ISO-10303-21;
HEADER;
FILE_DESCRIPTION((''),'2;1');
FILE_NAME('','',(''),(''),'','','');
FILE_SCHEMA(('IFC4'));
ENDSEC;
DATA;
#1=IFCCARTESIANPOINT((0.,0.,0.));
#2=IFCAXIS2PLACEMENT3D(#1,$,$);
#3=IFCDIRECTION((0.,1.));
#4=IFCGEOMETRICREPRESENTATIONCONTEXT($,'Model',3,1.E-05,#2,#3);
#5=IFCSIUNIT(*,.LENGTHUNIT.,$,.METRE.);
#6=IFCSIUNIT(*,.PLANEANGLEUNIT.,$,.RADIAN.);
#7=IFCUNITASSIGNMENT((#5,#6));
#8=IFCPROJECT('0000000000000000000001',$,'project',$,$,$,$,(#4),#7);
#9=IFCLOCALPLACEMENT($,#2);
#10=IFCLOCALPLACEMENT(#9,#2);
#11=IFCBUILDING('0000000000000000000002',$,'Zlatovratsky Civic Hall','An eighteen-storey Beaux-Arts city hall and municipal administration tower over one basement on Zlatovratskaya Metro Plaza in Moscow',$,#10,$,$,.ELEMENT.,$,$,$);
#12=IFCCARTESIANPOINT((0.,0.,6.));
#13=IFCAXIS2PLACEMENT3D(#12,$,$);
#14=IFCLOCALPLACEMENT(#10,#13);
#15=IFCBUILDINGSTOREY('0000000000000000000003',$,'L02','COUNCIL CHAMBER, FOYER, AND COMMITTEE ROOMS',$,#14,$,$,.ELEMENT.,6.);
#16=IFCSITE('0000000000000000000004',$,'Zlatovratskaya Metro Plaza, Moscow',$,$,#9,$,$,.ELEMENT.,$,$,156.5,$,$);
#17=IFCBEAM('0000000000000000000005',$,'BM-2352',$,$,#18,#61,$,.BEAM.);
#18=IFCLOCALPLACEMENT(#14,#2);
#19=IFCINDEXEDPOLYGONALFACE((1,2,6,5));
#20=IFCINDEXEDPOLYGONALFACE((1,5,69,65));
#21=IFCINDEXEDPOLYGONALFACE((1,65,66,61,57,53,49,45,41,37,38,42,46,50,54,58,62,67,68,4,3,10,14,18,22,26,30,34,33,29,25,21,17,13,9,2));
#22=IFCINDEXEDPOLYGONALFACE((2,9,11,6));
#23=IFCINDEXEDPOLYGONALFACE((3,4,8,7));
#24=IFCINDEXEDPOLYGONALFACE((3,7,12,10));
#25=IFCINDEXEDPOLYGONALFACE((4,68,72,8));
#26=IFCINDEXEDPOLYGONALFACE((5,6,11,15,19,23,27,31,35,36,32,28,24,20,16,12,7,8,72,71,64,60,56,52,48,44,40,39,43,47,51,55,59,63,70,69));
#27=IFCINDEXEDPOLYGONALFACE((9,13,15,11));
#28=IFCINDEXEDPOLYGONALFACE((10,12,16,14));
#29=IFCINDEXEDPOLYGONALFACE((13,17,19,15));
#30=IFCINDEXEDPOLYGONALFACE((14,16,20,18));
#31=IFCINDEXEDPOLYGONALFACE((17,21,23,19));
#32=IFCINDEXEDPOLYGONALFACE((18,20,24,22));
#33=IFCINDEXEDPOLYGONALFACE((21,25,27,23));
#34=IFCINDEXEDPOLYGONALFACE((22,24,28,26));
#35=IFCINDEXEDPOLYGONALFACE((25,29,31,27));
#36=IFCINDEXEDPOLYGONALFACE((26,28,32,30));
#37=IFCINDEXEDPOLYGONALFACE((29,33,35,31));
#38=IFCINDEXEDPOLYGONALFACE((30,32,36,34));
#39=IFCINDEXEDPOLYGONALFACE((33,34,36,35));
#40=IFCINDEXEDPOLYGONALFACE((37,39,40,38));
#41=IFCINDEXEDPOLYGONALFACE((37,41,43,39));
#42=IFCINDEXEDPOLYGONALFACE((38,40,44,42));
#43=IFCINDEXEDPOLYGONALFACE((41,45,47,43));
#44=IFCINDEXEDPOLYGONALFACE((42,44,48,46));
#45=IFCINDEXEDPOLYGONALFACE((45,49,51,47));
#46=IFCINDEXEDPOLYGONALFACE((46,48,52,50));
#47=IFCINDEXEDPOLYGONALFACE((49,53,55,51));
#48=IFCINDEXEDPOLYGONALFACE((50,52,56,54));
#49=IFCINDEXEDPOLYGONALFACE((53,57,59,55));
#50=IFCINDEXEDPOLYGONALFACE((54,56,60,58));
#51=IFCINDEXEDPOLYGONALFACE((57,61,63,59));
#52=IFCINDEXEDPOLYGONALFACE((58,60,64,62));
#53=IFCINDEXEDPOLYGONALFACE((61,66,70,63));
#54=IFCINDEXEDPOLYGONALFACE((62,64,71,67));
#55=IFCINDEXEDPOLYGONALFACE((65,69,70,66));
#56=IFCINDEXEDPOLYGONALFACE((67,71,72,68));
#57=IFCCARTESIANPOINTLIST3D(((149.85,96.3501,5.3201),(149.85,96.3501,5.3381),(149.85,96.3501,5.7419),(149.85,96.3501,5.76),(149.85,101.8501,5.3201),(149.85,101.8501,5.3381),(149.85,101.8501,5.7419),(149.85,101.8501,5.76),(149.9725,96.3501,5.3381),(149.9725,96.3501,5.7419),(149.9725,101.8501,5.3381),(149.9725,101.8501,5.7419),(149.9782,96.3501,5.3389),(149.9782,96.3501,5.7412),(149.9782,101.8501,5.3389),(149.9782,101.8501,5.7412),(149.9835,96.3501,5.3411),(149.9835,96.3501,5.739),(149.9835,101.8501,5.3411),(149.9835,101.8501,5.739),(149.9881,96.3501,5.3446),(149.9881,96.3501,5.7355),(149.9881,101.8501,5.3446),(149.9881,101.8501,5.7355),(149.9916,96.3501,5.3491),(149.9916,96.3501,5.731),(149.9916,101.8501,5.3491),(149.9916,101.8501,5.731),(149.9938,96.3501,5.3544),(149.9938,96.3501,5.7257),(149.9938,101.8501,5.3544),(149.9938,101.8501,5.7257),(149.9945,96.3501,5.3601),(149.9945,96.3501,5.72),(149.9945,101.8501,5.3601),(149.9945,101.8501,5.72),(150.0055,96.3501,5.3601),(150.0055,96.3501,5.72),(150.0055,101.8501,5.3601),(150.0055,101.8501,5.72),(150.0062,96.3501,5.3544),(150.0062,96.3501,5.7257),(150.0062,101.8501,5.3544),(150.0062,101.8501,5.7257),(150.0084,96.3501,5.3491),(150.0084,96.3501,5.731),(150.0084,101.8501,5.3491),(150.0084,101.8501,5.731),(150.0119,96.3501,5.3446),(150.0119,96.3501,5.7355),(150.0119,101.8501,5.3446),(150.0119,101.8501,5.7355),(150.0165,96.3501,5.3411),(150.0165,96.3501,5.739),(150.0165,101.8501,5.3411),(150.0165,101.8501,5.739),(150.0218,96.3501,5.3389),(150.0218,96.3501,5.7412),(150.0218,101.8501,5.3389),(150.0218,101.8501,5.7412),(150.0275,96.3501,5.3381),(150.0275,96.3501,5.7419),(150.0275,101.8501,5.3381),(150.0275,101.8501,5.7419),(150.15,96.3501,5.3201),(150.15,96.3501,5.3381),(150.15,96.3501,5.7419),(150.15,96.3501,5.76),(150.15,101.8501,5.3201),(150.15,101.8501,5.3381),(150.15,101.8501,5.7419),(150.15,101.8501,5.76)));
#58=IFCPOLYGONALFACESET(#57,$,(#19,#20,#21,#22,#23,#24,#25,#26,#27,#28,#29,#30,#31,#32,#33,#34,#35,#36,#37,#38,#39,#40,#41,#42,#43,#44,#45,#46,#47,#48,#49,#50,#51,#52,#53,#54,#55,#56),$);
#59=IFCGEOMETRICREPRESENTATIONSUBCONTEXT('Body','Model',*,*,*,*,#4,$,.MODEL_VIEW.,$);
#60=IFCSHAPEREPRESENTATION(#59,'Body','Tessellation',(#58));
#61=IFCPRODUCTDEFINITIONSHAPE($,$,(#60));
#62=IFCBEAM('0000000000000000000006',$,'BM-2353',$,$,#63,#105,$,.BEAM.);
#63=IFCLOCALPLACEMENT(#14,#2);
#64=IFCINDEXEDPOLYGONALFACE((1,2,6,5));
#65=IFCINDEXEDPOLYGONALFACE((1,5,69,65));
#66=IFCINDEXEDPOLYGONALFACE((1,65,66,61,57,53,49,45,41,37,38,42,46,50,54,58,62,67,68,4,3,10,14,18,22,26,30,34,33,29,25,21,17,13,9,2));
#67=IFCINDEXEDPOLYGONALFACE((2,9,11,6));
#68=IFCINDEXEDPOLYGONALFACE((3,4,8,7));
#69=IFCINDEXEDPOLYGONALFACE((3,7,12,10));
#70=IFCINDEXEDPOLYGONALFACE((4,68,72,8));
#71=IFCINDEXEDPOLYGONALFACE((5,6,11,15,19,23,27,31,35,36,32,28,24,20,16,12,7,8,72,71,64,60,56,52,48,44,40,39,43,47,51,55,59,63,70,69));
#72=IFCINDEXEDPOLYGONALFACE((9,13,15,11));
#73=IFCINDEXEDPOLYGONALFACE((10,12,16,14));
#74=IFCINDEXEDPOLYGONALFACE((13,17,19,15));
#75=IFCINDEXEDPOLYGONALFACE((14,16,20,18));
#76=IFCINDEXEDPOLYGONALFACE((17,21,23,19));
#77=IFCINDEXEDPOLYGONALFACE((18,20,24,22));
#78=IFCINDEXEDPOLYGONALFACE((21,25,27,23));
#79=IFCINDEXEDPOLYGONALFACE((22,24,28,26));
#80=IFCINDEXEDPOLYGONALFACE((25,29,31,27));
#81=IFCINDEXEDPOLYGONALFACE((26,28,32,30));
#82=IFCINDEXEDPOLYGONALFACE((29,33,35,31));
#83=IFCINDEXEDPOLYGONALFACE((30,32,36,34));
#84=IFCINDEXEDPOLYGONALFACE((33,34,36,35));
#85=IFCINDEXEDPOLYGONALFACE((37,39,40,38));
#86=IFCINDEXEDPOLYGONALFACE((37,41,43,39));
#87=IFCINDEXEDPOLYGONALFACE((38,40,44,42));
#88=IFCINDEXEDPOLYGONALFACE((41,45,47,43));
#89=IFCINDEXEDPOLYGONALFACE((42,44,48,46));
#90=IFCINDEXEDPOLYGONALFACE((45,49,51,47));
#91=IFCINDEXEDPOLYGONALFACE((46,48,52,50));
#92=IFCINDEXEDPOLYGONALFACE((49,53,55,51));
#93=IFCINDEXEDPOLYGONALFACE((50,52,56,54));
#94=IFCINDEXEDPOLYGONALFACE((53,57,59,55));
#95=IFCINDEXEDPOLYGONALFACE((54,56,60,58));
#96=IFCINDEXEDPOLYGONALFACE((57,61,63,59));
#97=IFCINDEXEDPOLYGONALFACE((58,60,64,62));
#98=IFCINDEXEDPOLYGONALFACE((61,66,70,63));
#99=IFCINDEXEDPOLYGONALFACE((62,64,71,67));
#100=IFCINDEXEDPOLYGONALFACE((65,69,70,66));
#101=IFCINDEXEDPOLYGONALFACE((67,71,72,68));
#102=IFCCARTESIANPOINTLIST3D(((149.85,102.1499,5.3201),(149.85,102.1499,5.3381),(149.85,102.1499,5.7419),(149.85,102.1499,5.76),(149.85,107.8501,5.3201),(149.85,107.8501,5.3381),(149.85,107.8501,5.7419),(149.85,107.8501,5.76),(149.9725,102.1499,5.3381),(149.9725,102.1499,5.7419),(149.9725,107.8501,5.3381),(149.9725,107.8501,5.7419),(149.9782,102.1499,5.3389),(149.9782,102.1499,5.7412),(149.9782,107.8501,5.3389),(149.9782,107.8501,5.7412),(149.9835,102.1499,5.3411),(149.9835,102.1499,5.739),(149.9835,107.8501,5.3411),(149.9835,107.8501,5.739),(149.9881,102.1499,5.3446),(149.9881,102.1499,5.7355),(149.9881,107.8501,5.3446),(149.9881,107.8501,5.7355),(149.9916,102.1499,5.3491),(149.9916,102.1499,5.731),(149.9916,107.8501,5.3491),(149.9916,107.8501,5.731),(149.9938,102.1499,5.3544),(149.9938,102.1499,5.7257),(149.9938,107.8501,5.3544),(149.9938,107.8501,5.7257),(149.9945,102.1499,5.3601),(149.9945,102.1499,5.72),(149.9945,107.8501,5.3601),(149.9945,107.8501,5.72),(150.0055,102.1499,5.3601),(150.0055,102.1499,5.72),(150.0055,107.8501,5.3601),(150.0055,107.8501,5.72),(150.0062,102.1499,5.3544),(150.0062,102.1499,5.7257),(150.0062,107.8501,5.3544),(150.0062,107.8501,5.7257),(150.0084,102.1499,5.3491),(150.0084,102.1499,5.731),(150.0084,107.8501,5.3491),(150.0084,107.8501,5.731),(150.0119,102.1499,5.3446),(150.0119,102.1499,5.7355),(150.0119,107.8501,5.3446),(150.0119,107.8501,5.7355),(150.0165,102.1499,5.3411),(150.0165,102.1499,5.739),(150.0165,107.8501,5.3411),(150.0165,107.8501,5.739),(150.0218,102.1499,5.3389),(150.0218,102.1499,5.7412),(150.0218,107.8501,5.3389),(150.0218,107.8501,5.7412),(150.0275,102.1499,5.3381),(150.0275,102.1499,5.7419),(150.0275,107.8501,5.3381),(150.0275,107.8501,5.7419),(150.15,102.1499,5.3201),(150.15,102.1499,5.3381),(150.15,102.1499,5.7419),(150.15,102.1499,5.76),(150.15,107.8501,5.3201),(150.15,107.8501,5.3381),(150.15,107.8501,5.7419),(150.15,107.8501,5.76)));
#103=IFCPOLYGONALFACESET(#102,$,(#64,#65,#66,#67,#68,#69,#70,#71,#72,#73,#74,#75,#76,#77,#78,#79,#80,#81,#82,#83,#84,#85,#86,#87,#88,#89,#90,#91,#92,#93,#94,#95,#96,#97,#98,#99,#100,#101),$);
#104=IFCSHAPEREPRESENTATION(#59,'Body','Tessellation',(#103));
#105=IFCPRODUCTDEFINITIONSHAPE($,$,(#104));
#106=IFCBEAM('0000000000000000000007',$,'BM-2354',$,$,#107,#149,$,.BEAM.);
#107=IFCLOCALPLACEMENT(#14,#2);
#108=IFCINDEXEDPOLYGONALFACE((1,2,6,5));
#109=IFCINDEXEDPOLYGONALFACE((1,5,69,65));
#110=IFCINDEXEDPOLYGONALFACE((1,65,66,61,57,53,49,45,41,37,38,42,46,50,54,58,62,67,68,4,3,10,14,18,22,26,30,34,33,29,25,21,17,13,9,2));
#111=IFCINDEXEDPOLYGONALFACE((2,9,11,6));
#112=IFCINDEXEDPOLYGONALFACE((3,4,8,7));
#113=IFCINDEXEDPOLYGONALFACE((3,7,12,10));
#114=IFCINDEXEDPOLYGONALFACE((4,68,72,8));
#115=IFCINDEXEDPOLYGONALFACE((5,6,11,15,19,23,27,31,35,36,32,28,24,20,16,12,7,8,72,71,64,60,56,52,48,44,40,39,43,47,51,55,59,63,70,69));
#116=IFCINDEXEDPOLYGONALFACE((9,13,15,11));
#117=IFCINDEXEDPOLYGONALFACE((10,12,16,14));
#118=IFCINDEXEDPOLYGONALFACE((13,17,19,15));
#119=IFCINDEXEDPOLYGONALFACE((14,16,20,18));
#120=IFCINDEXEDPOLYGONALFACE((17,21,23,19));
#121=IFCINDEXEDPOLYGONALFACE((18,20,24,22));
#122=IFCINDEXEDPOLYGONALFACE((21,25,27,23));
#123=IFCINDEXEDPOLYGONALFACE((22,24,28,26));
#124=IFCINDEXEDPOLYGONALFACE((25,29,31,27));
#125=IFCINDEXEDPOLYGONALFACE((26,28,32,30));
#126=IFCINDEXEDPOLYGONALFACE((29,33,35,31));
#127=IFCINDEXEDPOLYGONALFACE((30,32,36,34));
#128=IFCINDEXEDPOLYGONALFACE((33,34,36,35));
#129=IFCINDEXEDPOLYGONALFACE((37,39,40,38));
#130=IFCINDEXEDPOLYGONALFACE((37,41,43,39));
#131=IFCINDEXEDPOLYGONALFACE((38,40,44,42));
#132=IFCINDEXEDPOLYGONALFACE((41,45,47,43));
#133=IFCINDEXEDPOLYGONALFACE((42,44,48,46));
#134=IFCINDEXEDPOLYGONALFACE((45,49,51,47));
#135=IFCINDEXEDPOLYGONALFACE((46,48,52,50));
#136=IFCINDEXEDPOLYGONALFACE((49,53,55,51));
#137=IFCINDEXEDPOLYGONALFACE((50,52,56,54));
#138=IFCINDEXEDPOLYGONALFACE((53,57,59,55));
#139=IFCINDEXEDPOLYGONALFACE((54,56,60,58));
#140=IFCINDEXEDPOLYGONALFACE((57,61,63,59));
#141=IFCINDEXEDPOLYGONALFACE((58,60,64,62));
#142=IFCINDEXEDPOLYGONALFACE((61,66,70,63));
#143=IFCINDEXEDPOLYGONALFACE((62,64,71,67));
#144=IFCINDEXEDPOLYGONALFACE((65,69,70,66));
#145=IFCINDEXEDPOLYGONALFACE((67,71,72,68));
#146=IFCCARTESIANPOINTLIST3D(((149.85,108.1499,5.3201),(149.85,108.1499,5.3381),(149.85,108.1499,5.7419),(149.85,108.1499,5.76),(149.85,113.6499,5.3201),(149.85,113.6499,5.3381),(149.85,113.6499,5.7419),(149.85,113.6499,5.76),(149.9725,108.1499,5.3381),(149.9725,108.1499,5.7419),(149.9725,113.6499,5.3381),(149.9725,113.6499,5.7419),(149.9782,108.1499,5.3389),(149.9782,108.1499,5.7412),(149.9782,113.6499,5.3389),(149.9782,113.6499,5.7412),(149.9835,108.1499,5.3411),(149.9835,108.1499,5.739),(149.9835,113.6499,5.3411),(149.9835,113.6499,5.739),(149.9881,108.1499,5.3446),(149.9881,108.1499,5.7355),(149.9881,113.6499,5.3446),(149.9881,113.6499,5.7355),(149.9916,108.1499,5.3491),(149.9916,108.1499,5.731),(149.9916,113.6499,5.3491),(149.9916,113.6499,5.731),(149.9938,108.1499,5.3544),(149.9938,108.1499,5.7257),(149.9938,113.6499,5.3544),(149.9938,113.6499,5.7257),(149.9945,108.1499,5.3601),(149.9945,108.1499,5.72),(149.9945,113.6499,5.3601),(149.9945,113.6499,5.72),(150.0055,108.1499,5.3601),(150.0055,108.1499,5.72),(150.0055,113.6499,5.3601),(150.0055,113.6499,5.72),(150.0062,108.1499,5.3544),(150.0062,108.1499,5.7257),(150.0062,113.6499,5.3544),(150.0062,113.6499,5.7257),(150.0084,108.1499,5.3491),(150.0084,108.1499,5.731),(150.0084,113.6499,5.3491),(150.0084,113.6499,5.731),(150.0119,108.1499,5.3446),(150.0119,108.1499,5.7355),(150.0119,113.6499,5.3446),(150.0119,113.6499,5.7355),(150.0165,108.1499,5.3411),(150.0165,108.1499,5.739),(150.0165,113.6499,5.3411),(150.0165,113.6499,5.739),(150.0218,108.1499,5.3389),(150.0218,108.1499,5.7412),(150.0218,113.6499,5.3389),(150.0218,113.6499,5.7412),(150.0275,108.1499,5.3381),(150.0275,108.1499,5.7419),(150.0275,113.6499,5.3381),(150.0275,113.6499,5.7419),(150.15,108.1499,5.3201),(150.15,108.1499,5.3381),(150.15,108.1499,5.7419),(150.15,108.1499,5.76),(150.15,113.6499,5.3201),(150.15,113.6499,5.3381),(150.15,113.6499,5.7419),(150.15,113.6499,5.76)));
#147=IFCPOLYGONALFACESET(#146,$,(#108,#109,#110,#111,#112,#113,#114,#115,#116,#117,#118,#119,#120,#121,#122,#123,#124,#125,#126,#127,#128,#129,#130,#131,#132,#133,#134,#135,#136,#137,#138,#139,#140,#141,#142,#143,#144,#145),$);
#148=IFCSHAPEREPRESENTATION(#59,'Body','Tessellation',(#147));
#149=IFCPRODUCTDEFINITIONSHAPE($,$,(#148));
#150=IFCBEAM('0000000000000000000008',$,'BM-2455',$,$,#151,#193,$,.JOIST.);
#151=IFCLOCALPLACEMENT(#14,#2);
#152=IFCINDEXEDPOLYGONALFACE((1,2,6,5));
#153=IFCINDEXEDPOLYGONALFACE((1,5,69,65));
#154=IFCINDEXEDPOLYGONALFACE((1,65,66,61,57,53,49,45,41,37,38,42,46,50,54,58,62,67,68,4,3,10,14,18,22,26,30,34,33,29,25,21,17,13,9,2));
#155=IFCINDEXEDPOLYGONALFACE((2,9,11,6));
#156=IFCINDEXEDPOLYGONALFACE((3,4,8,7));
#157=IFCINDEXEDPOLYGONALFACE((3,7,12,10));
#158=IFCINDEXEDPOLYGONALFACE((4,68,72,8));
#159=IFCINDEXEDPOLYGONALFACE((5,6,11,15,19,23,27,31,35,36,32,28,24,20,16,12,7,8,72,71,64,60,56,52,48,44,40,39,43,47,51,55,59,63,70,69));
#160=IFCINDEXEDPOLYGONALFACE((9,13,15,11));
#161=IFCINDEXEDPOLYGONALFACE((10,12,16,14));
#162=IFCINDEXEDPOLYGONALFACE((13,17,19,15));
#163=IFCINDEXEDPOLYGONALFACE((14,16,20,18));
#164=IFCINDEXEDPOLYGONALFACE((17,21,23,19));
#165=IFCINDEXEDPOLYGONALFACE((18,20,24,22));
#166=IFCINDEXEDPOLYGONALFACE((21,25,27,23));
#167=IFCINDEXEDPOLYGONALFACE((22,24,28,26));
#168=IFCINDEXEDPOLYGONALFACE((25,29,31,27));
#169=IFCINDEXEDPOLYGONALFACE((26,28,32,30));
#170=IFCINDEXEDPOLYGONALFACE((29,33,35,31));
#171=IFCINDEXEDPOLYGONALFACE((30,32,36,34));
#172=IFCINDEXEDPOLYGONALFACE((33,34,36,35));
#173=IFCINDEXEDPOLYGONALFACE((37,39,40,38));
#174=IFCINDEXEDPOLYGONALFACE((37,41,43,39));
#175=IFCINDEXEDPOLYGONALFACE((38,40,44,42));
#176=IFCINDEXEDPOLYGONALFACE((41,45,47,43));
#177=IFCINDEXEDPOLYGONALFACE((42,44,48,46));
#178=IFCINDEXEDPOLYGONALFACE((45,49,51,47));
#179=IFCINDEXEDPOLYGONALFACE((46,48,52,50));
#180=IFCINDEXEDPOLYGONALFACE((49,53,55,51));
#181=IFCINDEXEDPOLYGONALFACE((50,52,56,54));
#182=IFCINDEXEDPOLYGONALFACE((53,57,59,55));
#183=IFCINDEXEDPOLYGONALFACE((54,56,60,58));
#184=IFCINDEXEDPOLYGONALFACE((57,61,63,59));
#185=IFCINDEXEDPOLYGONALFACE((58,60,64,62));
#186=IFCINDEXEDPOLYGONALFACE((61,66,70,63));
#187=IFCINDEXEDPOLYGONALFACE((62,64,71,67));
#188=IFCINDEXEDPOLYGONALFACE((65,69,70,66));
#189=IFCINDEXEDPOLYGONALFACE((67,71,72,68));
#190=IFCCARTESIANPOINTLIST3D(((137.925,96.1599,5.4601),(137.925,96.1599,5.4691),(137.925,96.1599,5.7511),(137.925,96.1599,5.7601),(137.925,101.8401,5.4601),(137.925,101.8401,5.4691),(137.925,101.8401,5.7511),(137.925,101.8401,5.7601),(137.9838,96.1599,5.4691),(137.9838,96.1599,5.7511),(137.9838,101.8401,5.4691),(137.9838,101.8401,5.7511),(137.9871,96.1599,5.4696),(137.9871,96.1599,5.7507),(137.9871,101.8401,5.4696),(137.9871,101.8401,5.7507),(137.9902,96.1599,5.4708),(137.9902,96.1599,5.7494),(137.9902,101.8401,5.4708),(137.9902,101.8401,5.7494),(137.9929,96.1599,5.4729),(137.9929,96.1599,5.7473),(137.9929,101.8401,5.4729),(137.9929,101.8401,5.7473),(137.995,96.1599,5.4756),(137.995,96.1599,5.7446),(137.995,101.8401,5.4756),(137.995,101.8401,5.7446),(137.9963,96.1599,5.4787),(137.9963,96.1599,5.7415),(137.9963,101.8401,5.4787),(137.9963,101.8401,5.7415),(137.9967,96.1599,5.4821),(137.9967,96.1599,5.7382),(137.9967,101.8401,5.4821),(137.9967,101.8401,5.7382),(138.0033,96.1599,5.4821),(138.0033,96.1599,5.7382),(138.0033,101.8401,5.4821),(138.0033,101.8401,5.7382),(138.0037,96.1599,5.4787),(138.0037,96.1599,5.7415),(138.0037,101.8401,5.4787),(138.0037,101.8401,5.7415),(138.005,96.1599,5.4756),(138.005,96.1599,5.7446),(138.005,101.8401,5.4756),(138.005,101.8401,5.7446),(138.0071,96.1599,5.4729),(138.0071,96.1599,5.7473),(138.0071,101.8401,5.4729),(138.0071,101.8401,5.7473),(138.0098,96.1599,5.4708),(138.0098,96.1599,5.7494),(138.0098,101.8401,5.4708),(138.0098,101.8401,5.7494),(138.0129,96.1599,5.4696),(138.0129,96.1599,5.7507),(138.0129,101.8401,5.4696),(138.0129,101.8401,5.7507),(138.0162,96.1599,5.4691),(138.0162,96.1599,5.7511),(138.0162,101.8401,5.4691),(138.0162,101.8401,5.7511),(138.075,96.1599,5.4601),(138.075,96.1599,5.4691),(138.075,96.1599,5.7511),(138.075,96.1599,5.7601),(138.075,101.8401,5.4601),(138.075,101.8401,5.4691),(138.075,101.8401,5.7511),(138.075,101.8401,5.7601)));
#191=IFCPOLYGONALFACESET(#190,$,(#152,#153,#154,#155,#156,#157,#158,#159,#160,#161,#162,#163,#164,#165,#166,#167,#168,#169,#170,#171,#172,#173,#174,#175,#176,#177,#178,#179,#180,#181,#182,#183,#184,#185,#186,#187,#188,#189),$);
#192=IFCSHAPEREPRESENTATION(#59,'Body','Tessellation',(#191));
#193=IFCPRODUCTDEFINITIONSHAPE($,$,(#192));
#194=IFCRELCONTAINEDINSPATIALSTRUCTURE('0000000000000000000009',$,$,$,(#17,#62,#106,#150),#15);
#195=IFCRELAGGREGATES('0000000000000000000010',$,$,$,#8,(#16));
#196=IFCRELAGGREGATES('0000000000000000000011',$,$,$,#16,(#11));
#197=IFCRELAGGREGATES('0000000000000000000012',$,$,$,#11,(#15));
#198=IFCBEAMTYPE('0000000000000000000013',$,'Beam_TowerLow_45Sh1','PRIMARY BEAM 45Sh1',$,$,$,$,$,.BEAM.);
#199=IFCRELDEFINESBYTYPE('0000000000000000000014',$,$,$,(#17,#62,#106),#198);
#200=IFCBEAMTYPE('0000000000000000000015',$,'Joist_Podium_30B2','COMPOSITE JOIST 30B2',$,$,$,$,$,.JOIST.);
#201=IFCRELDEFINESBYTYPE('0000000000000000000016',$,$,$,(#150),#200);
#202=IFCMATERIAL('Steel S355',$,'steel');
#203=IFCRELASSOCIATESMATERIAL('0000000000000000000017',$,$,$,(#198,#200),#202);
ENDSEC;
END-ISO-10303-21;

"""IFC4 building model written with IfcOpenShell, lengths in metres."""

from ifc_helpers import new_model, si_unit, direction, frame, origin, origin_2d, place, context, subcontext, project, spatial, i_section, extrude, material, material_profile, profile_set, type_object, element, save


model = new_model("IFC4")

# Units and contexts
model_context = context("Model", 3, precision=1e-05, world=origin(), true_north=direction((0.0, 1.0)))
body_context = subcontext(model_context, "Body", "Model", "MODEL_VIEW")
ifc_project = project(units=[si_unit("LENGTHUNIT", "METRE"), si_unit("PLANEANGLEUNIT", "RADIAN")], contexts=[model_context])

# Site, building, storey
site_placement = place(None, origin())
site = spatial("IfcSite", under=ifc_project, at=site_placement, Name="Zlatovratskaya Metro Plaza, Moscow", CompositionType="ELEMENT", RefElevation=156.5)
building_placement = place(site_placement, origin())
building = spatial("IfcBuilding", under=site, at=building_placement, Name="Zlatovratsky Civic Hall", Description="An eighteen-storey Beaux-Arts city hall and municipal administration tower over one basement on Zlatovratskaya Metro Plaza in Moscow", CompositionType="ELEMENT")
storey_placement = place(building_placement, frame((0.0, 0.0, 6.0)))
storey = spatial("IfcBuildingStorey", under=building, at=storey_placement, Name="L02", Description="COUNCIL CHAMBER, FOYER, AND COMMITTEE ROOMS", CompositionType="ELEMENT", Elevation=6.0)

# Shared definitions
ifc_material_1 = material(Name="Steel S355", Category="steel")

# Beams
ifc_material_profile_1 = material_profile(ifc_material_1, i_section(OverallWidth=0.3, OverallDepth=0.4399, WebThickness=0.011, FlangeThickness=0.0181, FilletRadius=0.022, at=origin_2d()), Name="45Sh1")
ifc_profile_set_1 = profile_set([ifc_material_profile_1], Name="Steel S355")
beam_type_1 = type_object("IfcBeamType", Name="Beam_TowerLow_45Sh1", Description="PRIMARY BEAM 45Sh1", PredefinedType="BEAM", material=ifc_profile_set_1)
for number, where, z_axis, x_axis, name in (
    (1, (150.0, 96.3501, 5.54), (0.0, 1.0, 0.0), (-1.0, 0.0, 0.0), "BM-2352"),
):
    element("IfcBeam", number, at=place(storey_placement, frame(where, z_axis=z_axis, x_axis=x_axis)), inside=storey, type_object=beam_type_1, Name=name, PredefinedType="BEAM", context=body_context, shape_type="SweptSolid", body=[
        extrude(i_section(OverallWidth=0.3, OverallDepth=0.4399, WebThickness=0.011, FlangeThickness=0.0181, FilletRadius=0.022, at=origin_2d()), origin(), (0.0, 0.0, 1.0), 5.5),
    ])
beam_1_placement = place(storey_placement, frame((150.0, 102.1499, 5.54), z_axis=(0.0, 1.0, 0.0), x_axis=(-1.0, 0.0, 0.0)))
element("IfcBeam", 2, at=beam_1_placement, inside=storey, type_object=beam_type_1, Name="BM-2353", PredefinedType="BEAM", context=body_context, shape_type="SweptSolid", body=[
    extrude(i_section(OverallWidth=0.3, OverallDepth=0.4399, WebThickness=0.011, FlangeThickness=0.0181, FilletRadius=0.022, at=origin_2d()), origin(), (0.0, 0.0, 1.0), 5.7002),
])
beam_2_placement = place(storey_placement, frame((150.0, 108.1499, 5.54), z_axis=(0.0, 1.0, 0.0), x_axis=(-1.0, 0.0, 0.0)))
element("IfcBeam", 3, at=beam_2_placement, inside=storey, type_object=beam_type_1, Name="BM-2354", PredefinedType="BEAM", context=body_context, shape_type="SweptSolid", body=[
    extrude(i_section(OverallWidth=0.3, OverallDepth=0.4399, WebThickness=0.011, FlangeThickness=0.0181, FilletRadius=0.022, at=origin_2d()), origin(), (0.0, 0.0, 1.0), 5.5),
])
ifc_material_profile_2 = material_profile(ifc_material_1, i_section(OverallWidth=0.1499, OverallDepth=0.3, WebThickness=0.0066, FlangeThickness=0.009, FilletRadius=0.0129, at=origin_2d()), Name="30B2")
ifc_profile_set_2 = profile_set([ifc_material_profile_2], Name="Steel S355")
beam_type_2 = type_object("IfcBeamType", Name="Joist_Podium_30B2", Description="COMPOSITE JOIST 30B2", PredefinedType="JOIST", material=ifc_profile_set_2)
for number, where, z_axis, x_axis, name in (
    (4, (138.0, 96.1599, 5.6101), (0.0, 1.0, 0.0), (-1.0, 0.0, 0.0), "BM-2455"),
):
    element("IfcBeam", number, at=place(storey_placement, frame(where, z_axis=z_axis, x_axis=x_axis)), inside=storey, type_object=beam_type_2, Name=name, PredefinedType="JOIST", context=body_context, shape_type="SweptSolid", body=[
        extrude(i_section(OverallWidth=0.1499, OverallDepth=0.3, WebThickness=0.0066, FlangeThickness=0.009, FilletRadius=0.0129, at=origin_2d()), origin(), (0.0, 0.0, 1.0), 5.6802),
    ])

save(model, "model.ifc")
